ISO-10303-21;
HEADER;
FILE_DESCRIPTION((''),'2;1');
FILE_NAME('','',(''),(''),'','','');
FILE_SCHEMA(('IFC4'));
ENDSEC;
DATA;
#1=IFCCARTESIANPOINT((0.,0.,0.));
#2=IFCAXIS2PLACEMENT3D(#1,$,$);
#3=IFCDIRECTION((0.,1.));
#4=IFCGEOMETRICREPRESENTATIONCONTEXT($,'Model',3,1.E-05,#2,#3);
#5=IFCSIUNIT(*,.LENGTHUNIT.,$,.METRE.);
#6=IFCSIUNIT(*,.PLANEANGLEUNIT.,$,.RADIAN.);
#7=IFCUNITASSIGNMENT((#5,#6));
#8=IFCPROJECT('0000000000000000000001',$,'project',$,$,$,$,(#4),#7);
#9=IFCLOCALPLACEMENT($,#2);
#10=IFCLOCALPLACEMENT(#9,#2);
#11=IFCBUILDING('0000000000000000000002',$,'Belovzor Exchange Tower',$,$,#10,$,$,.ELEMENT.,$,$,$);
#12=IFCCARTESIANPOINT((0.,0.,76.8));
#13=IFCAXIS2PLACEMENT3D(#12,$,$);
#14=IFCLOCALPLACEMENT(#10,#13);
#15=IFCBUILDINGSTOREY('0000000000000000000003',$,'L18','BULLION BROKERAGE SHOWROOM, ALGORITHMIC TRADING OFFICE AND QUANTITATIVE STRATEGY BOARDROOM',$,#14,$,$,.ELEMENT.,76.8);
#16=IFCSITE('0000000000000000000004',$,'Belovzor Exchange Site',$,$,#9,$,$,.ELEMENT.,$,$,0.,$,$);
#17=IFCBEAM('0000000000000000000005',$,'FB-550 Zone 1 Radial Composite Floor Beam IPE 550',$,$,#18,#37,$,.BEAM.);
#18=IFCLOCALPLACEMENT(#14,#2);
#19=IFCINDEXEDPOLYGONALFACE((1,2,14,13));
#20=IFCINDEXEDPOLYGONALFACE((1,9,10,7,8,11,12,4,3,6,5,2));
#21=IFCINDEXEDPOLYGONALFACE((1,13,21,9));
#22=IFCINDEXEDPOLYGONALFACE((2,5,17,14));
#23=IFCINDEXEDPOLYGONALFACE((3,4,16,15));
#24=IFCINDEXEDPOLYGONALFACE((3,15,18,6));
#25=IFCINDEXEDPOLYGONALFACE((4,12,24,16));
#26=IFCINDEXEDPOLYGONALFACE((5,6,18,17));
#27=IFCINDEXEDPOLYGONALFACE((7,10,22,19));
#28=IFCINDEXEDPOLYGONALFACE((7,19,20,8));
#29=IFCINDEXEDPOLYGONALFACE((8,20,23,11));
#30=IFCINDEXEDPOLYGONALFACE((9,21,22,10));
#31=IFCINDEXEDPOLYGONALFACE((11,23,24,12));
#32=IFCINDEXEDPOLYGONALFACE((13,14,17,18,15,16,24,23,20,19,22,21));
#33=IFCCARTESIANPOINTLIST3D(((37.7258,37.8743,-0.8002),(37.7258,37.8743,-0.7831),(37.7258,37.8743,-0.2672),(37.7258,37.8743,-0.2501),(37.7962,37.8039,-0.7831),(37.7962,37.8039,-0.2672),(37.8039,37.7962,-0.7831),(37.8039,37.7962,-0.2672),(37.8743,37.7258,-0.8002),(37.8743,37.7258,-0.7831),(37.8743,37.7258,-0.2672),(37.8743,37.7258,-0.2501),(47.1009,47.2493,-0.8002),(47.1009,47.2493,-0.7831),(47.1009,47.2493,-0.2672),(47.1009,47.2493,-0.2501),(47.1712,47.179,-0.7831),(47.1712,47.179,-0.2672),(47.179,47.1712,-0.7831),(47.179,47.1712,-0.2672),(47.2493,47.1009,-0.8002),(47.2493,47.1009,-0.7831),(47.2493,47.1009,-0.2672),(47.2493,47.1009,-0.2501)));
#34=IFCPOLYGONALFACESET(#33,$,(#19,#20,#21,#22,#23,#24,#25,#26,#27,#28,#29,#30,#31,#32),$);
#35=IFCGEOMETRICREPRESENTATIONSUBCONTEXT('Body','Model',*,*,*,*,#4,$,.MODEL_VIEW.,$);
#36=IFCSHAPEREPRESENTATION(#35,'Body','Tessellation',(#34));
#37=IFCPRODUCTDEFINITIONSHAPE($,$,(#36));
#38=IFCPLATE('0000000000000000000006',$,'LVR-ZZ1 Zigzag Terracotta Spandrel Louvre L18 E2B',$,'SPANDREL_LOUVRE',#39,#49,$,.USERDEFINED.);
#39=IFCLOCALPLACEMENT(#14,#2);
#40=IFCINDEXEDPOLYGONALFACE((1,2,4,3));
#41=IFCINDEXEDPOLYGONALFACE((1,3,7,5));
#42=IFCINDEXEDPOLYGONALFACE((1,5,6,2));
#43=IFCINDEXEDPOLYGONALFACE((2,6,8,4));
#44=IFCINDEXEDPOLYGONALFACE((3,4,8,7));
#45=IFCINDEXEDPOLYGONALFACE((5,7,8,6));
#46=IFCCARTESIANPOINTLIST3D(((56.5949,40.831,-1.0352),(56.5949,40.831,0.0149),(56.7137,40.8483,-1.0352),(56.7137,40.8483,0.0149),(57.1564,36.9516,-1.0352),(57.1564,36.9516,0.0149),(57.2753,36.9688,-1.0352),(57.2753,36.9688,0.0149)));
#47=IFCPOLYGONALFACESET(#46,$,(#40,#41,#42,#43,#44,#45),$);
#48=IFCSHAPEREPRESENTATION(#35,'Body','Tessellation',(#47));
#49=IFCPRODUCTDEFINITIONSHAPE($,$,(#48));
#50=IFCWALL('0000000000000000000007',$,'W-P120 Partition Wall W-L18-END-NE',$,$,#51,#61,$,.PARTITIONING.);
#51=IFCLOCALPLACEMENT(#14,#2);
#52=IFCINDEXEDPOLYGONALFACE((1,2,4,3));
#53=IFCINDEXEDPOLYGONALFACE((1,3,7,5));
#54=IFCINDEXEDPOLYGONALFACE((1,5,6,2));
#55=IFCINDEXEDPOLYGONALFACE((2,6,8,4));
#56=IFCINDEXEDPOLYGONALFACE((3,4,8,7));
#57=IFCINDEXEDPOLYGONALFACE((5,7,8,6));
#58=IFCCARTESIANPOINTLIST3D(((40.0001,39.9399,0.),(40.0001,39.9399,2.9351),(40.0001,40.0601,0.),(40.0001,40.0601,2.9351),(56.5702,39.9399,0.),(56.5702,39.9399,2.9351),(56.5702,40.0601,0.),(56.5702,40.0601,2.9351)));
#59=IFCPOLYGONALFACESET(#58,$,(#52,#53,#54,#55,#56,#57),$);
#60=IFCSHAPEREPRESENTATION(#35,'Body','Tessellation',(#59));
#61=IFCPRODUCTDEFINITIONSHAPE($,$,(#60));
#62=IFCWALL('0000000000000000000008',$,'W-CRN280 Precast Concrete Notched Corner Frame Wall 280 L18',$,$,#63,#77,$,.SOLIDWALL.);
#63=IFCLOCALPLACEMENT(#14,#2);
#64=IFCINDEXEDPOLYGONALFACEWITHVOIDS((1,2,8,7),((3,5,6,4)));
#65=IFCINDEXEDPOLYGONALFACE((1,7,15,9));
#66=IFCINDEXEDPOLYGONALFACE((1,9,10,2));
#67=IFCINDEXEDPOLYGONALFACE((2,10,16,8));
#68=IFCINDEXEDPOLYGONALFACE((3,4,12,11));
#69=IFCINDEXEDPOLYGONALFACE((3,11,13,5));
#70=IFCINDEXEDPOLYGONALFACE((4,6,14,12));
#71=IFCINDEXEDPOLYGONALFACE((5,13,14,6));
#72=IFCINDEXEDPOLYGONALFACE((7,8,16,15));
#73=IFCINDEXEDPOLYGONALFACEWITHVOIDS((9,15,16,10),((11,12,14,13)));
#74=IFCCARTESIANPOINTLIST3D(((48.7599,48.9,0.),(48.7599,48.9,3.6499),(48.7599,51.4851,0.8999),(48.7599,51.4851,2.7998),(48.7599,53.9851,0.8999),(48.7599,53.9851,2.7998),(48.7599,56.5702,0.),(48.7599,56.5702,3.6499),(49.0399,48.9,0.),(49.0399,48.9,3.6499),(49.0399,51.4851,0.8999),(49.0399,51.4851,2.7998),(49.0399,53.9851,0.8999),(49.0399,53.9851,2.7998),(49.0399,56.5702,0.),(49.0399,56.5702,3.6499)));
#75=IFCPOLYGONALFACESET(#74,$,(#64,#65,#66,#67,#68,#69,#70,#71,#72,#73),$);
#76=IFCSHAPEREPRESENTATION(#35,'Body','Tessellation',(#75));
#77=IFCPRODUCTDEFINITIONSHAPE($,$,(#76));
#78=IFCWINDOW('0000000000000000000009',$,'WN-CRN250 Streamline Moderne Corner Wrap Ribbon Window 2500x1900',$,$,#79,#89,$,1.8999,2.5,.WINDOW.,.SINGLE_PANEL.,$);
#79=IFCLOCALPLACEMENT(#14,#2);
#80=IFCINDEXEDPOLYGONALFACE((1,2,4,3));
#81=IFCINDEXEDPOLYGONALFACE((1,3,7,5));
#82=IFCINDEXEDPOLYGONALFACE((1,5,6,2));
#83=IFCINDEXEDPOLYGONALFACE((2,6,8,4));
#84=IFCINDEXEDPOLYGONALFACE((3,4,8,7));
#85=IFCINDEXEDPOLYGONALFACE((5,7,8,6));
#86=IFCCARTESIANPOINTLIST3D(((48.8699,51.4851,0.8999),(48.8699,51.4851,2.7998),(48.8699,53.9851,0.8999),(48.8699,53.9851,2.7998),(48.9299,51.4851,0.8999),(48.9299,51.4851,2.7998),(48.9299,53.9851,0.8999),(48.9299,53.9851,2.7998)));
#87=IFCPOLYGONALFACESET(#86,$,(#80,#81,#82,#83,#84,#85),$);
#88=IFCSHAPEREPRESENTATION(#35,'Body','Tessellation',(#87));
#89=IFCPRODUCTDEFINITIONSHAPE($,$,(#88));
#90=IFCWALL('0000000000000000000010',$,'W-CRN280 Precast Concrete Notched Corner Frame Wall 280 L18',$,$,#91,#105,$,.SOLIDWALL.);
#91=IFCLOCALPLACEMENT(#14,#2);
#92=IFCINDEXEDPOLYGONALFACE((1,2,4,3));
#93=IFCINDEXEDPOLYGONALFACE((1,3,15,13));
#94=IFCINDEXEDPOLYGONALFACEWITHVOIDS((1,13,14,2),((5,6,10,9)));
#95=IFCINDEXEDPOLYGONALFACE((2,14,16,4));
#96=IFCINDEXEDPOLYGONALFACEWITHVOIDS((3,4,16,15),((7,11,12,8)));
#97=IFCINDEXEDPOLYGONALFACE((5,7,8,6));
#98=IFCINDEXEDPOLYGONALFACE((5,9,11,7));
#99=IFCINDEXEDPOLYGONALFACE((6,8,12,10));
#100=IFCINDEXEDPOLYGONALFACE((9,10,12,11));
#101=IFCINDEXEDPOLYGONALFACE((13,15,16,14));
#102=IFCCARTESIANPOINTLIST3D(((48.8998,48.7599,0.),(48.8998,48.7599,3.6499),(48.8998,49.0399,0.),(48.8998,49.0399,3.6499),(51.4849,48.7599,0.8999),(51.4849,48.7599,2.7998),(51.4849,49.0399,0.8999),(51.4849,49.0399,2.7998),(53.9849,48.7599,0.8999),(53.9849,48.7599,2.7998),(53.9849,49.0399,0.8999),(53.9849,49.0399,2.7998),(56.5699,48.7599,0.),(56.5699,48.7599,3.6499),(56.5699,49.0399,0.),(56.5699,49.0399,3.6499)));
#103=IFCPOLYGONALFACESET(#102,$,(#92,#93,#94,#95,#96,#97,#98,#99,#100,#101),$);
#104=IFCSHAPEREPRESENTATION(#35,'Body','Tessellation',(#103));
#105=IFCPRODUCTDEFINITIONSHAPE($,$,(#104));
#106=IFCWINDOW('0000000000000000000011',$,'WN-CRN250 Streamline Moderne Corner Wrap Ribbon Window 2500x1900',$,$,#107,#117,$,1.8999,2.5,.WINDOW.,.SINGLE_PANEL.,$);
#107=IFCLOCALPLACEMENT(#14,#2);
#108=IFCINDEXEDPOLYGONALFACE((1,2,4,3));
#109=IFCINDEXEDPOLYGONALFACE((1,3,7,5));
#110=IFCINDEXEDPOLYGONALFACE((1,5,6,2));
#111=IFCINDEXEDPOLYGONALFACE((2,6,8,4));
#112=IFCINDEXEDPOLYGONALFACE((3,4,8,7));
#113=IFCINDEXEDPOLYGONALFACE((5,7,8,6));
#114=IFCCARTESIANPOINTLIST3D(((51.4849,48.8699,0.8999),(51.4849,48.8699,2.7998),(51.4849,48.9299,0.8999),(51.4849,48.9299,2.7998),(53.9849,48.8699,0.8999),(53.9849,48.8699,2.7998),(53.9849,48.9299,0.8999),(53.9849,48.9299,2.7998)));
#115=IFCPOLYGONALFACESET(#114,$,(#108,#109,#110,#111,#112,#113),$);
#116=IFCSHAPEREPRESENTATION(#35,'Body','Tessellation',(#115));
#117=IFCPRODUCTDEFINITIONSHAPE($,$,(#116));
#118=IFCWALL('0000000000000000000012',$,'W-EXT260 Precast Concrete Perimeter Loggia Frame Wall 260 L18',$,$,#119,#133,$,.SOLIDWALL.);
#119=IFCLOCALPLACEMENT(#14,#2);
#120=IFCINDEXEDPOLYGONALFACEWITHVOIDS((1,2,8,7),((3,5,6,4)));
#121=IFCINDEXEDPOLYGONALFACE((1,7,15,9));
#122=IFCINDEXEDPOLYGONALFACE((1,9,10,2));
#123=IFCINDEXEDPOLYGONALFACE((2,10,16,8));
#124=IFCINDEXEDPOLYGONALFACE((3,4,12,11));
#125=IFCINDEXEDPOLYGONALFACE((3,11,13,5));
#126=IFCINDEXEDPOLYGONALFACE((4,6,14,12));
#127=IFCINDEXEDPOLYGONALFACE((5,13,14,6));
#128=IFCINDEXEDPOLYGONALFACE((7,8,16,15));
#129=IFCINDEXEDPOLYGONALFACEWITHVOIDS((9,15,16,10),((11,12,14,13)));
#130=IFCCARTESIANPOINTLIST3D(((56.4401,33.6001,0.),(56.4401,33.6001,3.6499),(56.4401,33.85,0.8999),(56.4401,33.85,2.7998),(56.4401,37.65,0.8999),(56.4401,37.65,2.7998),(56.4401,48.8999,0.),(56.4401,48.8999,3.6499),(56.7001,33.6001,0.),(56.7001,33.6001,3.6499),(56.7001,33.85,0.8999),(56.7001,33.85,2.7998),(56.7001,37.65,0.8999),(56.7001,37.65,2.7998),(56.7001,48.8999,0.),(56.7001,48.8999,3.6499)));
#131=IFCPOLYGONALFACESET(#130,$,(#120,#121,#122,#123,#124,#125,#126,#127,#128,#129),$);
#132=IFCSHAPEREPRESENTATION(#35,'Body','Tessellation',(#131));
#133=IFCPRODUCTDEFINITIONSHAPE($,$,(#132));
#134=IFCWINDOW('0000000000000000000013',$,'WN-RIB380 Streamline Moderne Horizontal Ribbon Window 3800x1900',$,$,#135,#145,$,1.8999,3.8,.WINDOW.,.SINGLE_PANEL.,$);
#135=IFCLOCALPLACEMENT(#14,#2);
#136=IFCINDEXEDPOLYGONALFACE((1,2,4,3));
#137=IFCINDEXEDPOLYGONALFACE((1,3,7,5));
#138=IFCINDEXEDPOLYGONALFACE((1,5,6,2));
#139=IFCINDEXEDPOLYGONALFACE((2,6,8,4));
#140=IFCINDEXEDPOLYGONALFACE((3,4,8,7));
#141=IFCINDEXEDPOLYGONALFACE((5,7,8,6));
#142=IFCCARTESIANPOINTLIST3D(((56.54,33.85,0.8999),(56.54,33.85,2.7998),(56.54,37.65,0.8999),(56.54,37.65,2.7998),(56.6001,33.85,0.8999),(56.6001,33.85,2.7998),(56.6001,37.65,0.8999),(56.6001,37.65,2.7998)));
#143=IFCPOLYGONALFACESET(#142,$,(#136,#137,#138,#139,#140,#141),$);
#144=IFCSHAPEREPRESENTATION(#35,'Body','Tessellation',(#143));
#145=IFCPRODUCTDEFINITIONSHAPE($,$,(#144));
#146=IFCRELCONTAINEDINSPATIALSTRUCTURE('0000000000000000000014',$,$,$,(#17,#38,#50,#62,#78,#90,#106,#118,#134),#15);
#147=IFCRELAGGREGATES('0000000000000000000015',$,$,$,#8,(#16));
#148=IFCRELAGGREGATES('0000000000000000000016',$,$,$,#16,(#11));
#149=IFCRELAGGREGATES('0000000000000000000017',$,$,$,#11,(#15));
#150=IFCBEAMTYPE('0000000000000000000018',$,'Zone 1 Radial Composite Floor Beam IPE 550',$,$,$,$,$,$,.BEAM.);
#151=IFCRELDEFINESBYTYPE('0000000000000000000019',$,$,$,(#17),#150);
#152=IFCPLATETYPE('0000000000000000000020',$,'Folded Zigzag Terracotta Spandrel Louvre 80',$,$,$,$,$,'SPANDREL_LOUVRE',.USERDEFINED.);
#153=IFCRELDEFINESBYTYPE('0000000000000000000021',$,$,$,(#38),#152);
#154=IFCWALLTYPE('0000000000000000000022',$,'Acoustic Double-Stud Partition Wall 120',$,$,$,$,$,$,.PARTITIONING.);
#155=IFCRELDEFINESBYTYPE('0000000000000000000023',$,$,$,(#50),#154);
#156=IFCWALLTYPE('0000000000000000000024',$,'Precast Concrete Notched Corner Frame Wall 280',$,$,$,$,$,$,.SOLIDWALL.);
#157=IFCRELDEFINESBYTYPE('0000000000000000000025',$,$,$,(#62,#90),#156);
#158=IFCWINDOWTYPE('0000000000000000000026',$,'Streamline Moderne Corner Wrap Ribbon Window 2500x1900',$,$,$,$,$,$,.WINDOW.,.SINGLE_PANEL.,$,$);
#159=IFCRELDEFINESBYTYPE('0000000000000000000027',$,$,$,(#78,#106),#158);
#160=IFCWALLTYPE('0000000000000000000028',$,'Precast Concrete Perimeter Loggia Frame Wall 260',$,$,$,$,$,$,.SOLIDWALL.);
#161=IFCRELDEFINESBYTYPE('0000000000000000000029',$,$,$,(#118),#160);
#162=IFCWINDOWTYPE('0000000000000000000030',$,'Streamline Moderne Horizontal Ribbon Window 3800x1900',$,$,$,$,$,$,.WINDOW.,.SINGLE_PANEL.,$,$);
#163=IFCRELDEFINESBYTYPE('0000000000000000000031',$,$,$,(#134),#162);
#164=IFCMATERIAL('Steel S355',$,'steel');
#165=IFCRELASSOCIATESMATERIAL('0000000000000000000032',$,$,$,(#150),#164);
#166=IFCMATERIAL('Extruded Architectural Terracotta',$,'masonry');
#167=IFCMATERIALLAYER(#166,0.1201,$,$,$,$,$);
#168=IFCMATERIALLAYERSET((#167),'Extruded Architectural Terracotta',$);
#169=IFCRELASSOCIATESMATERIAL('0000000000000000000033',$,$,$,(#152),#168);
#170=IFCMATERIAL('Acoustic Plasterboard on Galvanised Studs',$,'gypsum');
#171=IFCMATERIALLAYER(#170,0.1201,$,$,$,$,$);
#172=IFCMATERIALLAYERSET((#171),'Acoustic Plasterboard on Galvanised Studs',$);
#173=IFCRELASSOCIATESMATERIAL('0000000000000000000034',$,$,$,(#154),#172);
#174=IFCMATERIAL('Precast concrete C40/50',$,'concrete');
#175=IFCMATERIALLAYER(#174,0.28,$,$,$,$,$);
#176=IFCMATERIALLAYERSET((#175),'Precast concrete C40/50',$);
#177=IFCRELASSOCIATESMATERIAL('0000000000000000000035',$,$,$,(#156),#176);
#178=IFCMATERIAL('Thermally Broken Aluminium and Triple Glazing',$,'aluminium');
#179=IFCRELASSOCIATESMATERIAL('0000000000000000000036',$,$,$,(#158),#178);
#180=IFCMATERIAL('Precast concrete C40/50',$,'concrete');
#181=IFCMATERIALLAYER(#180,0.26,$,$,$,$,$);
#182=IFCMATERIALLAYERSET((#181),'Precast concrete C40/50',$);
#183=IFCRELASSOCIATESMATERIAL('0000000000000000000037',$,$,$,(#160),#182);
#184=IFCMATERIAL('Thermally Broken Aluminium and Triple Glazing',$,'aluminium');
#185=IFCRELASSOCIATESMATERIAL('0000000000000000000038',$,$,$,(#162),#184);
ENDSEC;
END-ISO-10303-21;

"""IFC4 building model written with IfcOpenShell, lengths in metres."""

from ifc_helpers import new_model, si_unit, direction, frame, frame_2d, origin, origin_2d, place, context, subcontext, project, spatial, rectangle, i_section, extrude, material, layer, layer_set, material_profile, profile_set, type_object, element, fill, save


model = new_model("IFC4")

# Units and contexts
model_context = context("Model", 3, precision=1e-05, world=origin(), true_north=direction((0.0, 1.0)))
body_context = subcontext(model_context, "Body", "Model", "MODEL_VIEW")
ifc_project = project(units=[si_unit("LENGTHUNIT", "METRE"), si_unit("PLANEANGLEUNIT", "RADIAN")], contexts=[model_context])

# Site, building, storey
site_placement = place(None, origin())
site = spatial("IfcSite", under=ifc_project, at=site_placement, Name="Belovzor Exchange Site", CompositionType="ELEMENT", RefElevation=0.0)
building_placement = place(site_placement, origin())
building = spatial("IfcBuilding", under=site, at=building_placement, Name="Belovzor Exchange Tower", CompositionType="ELEMENT")
storey_placement = place(building_placement, frame((0.0, 0.0, 76.8)))
storey = spatial("IfcBuildingStorey", under=building, at=storey_placement, Name="L18", Description="BULLION BROKERAGE SHOWROOM, ALGORITHMIC TRADING OFFICE AND QUANTITATIVE STRATEGY BOARDROOM", CompositionType="ELEMENT", Elevation=76.8)

# Beam
ifc_material_1 = material(Name="Steel S355", Category="steel")
ifc_material_profile_1 = material_profile(ifc_material_1, i_section(OverallWidth=0.21, OverallDepth=0.55, WebThickness=0.011, FlangeThickness=0.0171, at=origin_2d()))
ifc_profile_set_1 = profile_set([ifc_material_profile_1], Name="Steel S355")
beam_type_1 = type_object("IfcBeamType", Name="Zone 1 Radial Composite Floor Beam IPE 550", PredefinedType="BEAM", material=ifc_profile_set_1)
beam_1_placement = place(storey_placement, frame((37.8, 37.8, -0.5251), z_axis=(0.707107, 0.707107, 0.0), x_axis=(-0.707107, 0.707107, 0.0)))
element("IfcBeam", 1, at=beam_1_placement, inside=storey, type_object=beam_type_1, Name="FB-550 Zone 1 Radial Composite Floor Beam IPE 550", PredefinedType="BEAM", context=body_context, shape_type="SweptSolid", body=[
    extrude(i_section(OverallWidth=0.21, OverallDepth=0.55, WebThickness=0.011, FlangeThickness=0.0171, at=origin_2d()), origin(), (0.0, 0.0, 1.0), 13.2583),
])

# Plate
ifc_material_2 = material(Name="Extruded Architectural Terracotta", Category="masonry")
ifc_layer_1 = layer(ifc_material_2, 0.1201)
ifc_layer_set_1 = layer_set([ifc_layer_1], Name="Extruded Architectural Terracotta")
plate_type = type_object("IfcPlateType", Name="Folded Zigzag Terracotta Spandrel Louvre 80", ElementType="SPANDREL_LOUVRE", PredefinedType="USERDEFINED", material=ifc_layer_set_1)
plate_placement = place(storey_placement, frame((56.9351, 38.8999, -1.0352), z_axis=(0.0, 0.0, 1.0), x_axis=(-0.143251, 0.989686, 0.0)))
element("IfcPlate", 2, at=plate_placement, inside=storey, type_object=plate_type, Name="LVR-ZZ1 Zigzag Terracotta Spandrel Louvre L18 E2B", ObjectType="SPANDREL_LOUVRE", PredefinedType="USERDEFINED", context=body_context, shape_type="SweptSolid", body=[
    extrude(rectangle(XDim=3.9199, YDim=0.1201, at=origin_2d()), origin(), (0.0, 0.0, 1.0), 1.05),
])

# Wall
ifc_material_3 = material(Name="Acoustic Plasterboard on Galvanised Studs", Category="gypsum")
ifc_layer_2 = layer(ifc_material_3, 0.1201)
ifc_layer_set_2 = layer_set([ifc_layer_2], Name="Acoustic Plasterboard on Galvanised Studs")
wall_type_1 = type_object("IfcWallType", Name="Acoustic Double-Stud Partition Wall 120", PredefinedType="PARTITIONING", material=ifc_layer_set_2)
wall_1_placement = place(storey_placement, frame((40.0, 40.0, 0.0), z_axis=(0.0, 0.0, 1.0), x_axis=(1.0, 0.0, 0.0)))
element("IfcWall", 3, at=wall_1_placement, inside=storey, type_object=wall_type_1, Name="W-P120 Partition Wall W-L18-END-NE", PredefinedType="PARTITIONING", context=body_context, shape_type="SweptSolid", body=[
    extrude(rectangle(XDim=16.5701, YDim=0.1201, at=frame_2d((8.2852, 0.0))), origin(), (0.0, 0.0, 1.0), 2.9351),
])

# Walls, openings, windows
ifc_material_4 = material(Name="Precast concrete C40/50", Category="concrete")
ifc_layer_3 = layer(ifc_material_4, 0.28)
ifc_layer_set_3 = layer_set([ifc_layer_3], Name="Precast concrete C40/50")
wall_type_2 = type_object("IfcWallType", Name="Precast Concrete Notched Corner Frame Wall 280", PredefinedType="SOLIDWALL", material=ifc_layer_set_3)
wall_2_placement = place(storey_placement, frame((48.8999, 56.5701, 0.0), z_axis=(0.0, 0.0, 1.0), x_axis=(0.0, -1.0, 0.0)))
wall_2 = element("IfcWall", 4, at=wall_2_placement, inside=storey, type_object=wall_type_2, Name="W-CRN280 Precast Concrete Notched Corner Frame Wall 280 L18", PredefinedType="SOLIDWALL", context=body_context, shape_type="SweptSolid", body=[
    extrude(rectangle(XDim=7.6702, YDim=0.28, at=frame_2d((3.835, 0.0))), origin(), (0.0, 0.0, 1.0), 3.6499),
])
opening_1_placement = place(wall_2_placement, frame((2.585, 0.0, 0.8999)))
opening_1 = element("IfcOpeningElement", 5, at=opening_1_placement, cuts=wall_2, PredefinedType="OPENING", context=body_context, shape_type="SweptSolid", body=[
    extrude(rectangle(XDim=2.5, YDim=1.8999, at=frame_2d((1.25, 0.95))), frame((0.0, 0.1499, 0.0), z_axis=(0.0, -1.0, 0.0), x_axis=(1.0, 0.0, 0.0)), (0.0, 0.0, 1.0), 0.3),
])
ifc_material_5 = material(Name="Thermally Broken Aluminium and Triple Glazing", Category="aluminium")
window_type_1 = type_object("IfcWindowType", Name="Streamline Moderne Corner Wrap Ribbon Window 2500x1900", PartitioningType="SINGLE_PANEL", PredefinedType="WINDOW", material=ifc_material_5)
window_1_placement = place(opening_1_placement, origin())
window_1 = element("IfcWindow", 6, at=window_1_placement, inside=storey, type_object=window_type_1, Name="WN-CRN250 Streamline Moderne Corner Wrap Ribbon Window 2500x1900", OverallHeight=1.8999, OverallWidth=2.5, PartitioningType="SINGLE_PANEL", PredefinedType="WINDOW", context=body_context, shape_type="SweptSolid", body=[
    extrude(rectangle(XDim=2.5, YDim=1.8999, at=frame_2d((1.25, 0.95))), frame((0.0, 0.03, 0.0), z_axis=(0.0, -1.0, 0.0), x_axis=(1.0, 0.0, 0.0)), (0.0, 0.0, 1.0), 0.0601),
])
fill(opening_1, window_1)
wall_3_placement = place(storey_placement, frame((48.8999, 48.8999, 0.0), z_axis=(0.0, 0.0, 1.0), x_axis=(1.0, 0.0, 0.0)))
wall_3 = element("IfcWall", 7, at=wall_3_placement, inside=storey, type_object=wall_type_2, Name="W-CRN280 Precast Concrete Notched Corner Frame Wall 280 L18", PredefinedType="SOLIDWALL", context=body_context, shape_type="SweptSolid", body=[
    extrude(rectangle(XDim=7.6702, YDim=0.28, at=frame_2d((3.835, 0.0))), origin(), (0.0, 0.0, 1.0), 3.6499),
])
opening_2_placement = place(wall_3_placement, frame((2.585, 0.0, 0.8999)))
opening_2 = element("IfcOpeningElement", 8, at=opening_2_placement, cuts=wall_3, PredefinedType="OPENING", context=body_context, shape_type="SweptSolid", body=[
    extrude(rectangle(XDim=2.5, YDim=1.8999, at=frame_2d((1.25, 0.95))), frame((0.0, 0.1499, 0.0), z_axis=(0.0, -1.0, 0.0), x_axis=(1.0, 0.0, 0.0)), (0.0, 0.0, 1.0), 0.3),
])
window_2_placement = place(opening_2_placement, origin())
window_2 = element("IfcWindow", 9, at=window_2_placement, inside=storey, type_object=window_type_1, Name="WN-CRN250 Streamline Moderne Corner Wrap Ribbon Window 2500x1900", OverallHeight=1.8999, OverallWidth=2.5, PartitioningType="SINGLE_PANEL", PredefinedType="WINDOW", context=body_context, shape_type="SweptSolid", body=[
    extrude(rectangle(XDim=2.5, YDim=1.8999, at=frame_2d((1.25, 0.95))), frame((0.0, 0.03, 0.0), z_axis=(0.0, -1.0, 0.0), x_axis=(1.0, 0.0, 0.0)), (0.0, 0.0, 1.0), 0.0601),
])
fill(opening_2, window_2)
ifc_material_6 = material(Name="Precast concrete C40/50", Category="concrete")
ifc_layer_4 = layer(ifc_material_6, 0.26)
ifc_layer_set_4 = layer_set([ifc_layer_4], Name="Precast concrete C40/50")
wall_type_3 = type_object("IfcWallType", Name="Precast Concrete Perimeter Loggia Frame Wall 260", PredefinedType="SOLIDWALL", material=ifc_layer_set_4)
wall_4_placement = place(storey_placement, frame((56.5701, 48.8999, 0.0), z_axis=(0.0, 0.0, 1.0), x_axis=(0.0, -1.0, 0.0)))
wall_4 = element("IfcWall", 10, at=wall_4_placement, inside=storey, type_object=wall_type_3, Name="W-EXT260 Precast Concrete Perimeter Loggia Frame Wall 260 L18", PredefinedType="SOLIDWALL", context=body_context, shape_type="SweptSolid", body=[
    extrude(rectangle(XDim=15.2998, YDim=0.26, at=frame_2d((7.6499, 0.0))), origin(), (0.0, 0.0, 1.0), 3.6499),
])
opening_3_placement = place(wall_4_placement, frame((11.25, 0.0, 0.8999)))
opening_3 = element("IfcOpeningElement", 11, at=opening_3_placement, cuts=wall_4, PredefinedType="OPENING", context=body_context, shape_type="SweptSolid", body=[
    extrude(rectangle(XDim=3.8, YDim=1.8999, at=frame_2d((1.8999, 0.95))), frame((0.0, 0.1399, 0.0), z_axis=(0.0, -1.0, 0.0), x_axis=(1.0, 0.0, 0.0)), (0.0, 0.0, 1.0), 0.28),
])
ifc_material_7 = material(Name="Thermally Broken Aluminium and Triple Glazing", Category="aluminium")
window_type_2 = type_object("IfcWindowType", Name="Streamline Moderne Horizontal Ribbon Window 3800x1900", PartitioningType="SINGLE_PANEL", PredefinedType="WINDOW", material=ifc_material_7)
window_3_placement = place(opening_3_placement, origin())
window_3 = element("IfcWindow", 12, at=window_3_placement, inside=storey, type_object=window_type_2, Name="WN-RIB380 Streamline Moderne Horizontal Ribbon Window 3800x1900", OverallHeight=1.8999, OverallWidth=3.8, PartitioningType="SINGLE_PANEL", PredefinedType="WINDOW", context=body_context, shape_type="SweptSolid", body=[
    extrude(rectangle(XDim=3.8, YDim=1.8999, at=frame_2d((1.8999, 0.95))), frame((0.0, 0.03, 0.0), z_axis=(0.0, -1.0, 0.0), x_axis=(1.0, 0.0, 0.0)), (0.0, 0.0, 1.0), 0.0601),
])
fill(opening_3, window_3)

save(model, "model.ifc")
